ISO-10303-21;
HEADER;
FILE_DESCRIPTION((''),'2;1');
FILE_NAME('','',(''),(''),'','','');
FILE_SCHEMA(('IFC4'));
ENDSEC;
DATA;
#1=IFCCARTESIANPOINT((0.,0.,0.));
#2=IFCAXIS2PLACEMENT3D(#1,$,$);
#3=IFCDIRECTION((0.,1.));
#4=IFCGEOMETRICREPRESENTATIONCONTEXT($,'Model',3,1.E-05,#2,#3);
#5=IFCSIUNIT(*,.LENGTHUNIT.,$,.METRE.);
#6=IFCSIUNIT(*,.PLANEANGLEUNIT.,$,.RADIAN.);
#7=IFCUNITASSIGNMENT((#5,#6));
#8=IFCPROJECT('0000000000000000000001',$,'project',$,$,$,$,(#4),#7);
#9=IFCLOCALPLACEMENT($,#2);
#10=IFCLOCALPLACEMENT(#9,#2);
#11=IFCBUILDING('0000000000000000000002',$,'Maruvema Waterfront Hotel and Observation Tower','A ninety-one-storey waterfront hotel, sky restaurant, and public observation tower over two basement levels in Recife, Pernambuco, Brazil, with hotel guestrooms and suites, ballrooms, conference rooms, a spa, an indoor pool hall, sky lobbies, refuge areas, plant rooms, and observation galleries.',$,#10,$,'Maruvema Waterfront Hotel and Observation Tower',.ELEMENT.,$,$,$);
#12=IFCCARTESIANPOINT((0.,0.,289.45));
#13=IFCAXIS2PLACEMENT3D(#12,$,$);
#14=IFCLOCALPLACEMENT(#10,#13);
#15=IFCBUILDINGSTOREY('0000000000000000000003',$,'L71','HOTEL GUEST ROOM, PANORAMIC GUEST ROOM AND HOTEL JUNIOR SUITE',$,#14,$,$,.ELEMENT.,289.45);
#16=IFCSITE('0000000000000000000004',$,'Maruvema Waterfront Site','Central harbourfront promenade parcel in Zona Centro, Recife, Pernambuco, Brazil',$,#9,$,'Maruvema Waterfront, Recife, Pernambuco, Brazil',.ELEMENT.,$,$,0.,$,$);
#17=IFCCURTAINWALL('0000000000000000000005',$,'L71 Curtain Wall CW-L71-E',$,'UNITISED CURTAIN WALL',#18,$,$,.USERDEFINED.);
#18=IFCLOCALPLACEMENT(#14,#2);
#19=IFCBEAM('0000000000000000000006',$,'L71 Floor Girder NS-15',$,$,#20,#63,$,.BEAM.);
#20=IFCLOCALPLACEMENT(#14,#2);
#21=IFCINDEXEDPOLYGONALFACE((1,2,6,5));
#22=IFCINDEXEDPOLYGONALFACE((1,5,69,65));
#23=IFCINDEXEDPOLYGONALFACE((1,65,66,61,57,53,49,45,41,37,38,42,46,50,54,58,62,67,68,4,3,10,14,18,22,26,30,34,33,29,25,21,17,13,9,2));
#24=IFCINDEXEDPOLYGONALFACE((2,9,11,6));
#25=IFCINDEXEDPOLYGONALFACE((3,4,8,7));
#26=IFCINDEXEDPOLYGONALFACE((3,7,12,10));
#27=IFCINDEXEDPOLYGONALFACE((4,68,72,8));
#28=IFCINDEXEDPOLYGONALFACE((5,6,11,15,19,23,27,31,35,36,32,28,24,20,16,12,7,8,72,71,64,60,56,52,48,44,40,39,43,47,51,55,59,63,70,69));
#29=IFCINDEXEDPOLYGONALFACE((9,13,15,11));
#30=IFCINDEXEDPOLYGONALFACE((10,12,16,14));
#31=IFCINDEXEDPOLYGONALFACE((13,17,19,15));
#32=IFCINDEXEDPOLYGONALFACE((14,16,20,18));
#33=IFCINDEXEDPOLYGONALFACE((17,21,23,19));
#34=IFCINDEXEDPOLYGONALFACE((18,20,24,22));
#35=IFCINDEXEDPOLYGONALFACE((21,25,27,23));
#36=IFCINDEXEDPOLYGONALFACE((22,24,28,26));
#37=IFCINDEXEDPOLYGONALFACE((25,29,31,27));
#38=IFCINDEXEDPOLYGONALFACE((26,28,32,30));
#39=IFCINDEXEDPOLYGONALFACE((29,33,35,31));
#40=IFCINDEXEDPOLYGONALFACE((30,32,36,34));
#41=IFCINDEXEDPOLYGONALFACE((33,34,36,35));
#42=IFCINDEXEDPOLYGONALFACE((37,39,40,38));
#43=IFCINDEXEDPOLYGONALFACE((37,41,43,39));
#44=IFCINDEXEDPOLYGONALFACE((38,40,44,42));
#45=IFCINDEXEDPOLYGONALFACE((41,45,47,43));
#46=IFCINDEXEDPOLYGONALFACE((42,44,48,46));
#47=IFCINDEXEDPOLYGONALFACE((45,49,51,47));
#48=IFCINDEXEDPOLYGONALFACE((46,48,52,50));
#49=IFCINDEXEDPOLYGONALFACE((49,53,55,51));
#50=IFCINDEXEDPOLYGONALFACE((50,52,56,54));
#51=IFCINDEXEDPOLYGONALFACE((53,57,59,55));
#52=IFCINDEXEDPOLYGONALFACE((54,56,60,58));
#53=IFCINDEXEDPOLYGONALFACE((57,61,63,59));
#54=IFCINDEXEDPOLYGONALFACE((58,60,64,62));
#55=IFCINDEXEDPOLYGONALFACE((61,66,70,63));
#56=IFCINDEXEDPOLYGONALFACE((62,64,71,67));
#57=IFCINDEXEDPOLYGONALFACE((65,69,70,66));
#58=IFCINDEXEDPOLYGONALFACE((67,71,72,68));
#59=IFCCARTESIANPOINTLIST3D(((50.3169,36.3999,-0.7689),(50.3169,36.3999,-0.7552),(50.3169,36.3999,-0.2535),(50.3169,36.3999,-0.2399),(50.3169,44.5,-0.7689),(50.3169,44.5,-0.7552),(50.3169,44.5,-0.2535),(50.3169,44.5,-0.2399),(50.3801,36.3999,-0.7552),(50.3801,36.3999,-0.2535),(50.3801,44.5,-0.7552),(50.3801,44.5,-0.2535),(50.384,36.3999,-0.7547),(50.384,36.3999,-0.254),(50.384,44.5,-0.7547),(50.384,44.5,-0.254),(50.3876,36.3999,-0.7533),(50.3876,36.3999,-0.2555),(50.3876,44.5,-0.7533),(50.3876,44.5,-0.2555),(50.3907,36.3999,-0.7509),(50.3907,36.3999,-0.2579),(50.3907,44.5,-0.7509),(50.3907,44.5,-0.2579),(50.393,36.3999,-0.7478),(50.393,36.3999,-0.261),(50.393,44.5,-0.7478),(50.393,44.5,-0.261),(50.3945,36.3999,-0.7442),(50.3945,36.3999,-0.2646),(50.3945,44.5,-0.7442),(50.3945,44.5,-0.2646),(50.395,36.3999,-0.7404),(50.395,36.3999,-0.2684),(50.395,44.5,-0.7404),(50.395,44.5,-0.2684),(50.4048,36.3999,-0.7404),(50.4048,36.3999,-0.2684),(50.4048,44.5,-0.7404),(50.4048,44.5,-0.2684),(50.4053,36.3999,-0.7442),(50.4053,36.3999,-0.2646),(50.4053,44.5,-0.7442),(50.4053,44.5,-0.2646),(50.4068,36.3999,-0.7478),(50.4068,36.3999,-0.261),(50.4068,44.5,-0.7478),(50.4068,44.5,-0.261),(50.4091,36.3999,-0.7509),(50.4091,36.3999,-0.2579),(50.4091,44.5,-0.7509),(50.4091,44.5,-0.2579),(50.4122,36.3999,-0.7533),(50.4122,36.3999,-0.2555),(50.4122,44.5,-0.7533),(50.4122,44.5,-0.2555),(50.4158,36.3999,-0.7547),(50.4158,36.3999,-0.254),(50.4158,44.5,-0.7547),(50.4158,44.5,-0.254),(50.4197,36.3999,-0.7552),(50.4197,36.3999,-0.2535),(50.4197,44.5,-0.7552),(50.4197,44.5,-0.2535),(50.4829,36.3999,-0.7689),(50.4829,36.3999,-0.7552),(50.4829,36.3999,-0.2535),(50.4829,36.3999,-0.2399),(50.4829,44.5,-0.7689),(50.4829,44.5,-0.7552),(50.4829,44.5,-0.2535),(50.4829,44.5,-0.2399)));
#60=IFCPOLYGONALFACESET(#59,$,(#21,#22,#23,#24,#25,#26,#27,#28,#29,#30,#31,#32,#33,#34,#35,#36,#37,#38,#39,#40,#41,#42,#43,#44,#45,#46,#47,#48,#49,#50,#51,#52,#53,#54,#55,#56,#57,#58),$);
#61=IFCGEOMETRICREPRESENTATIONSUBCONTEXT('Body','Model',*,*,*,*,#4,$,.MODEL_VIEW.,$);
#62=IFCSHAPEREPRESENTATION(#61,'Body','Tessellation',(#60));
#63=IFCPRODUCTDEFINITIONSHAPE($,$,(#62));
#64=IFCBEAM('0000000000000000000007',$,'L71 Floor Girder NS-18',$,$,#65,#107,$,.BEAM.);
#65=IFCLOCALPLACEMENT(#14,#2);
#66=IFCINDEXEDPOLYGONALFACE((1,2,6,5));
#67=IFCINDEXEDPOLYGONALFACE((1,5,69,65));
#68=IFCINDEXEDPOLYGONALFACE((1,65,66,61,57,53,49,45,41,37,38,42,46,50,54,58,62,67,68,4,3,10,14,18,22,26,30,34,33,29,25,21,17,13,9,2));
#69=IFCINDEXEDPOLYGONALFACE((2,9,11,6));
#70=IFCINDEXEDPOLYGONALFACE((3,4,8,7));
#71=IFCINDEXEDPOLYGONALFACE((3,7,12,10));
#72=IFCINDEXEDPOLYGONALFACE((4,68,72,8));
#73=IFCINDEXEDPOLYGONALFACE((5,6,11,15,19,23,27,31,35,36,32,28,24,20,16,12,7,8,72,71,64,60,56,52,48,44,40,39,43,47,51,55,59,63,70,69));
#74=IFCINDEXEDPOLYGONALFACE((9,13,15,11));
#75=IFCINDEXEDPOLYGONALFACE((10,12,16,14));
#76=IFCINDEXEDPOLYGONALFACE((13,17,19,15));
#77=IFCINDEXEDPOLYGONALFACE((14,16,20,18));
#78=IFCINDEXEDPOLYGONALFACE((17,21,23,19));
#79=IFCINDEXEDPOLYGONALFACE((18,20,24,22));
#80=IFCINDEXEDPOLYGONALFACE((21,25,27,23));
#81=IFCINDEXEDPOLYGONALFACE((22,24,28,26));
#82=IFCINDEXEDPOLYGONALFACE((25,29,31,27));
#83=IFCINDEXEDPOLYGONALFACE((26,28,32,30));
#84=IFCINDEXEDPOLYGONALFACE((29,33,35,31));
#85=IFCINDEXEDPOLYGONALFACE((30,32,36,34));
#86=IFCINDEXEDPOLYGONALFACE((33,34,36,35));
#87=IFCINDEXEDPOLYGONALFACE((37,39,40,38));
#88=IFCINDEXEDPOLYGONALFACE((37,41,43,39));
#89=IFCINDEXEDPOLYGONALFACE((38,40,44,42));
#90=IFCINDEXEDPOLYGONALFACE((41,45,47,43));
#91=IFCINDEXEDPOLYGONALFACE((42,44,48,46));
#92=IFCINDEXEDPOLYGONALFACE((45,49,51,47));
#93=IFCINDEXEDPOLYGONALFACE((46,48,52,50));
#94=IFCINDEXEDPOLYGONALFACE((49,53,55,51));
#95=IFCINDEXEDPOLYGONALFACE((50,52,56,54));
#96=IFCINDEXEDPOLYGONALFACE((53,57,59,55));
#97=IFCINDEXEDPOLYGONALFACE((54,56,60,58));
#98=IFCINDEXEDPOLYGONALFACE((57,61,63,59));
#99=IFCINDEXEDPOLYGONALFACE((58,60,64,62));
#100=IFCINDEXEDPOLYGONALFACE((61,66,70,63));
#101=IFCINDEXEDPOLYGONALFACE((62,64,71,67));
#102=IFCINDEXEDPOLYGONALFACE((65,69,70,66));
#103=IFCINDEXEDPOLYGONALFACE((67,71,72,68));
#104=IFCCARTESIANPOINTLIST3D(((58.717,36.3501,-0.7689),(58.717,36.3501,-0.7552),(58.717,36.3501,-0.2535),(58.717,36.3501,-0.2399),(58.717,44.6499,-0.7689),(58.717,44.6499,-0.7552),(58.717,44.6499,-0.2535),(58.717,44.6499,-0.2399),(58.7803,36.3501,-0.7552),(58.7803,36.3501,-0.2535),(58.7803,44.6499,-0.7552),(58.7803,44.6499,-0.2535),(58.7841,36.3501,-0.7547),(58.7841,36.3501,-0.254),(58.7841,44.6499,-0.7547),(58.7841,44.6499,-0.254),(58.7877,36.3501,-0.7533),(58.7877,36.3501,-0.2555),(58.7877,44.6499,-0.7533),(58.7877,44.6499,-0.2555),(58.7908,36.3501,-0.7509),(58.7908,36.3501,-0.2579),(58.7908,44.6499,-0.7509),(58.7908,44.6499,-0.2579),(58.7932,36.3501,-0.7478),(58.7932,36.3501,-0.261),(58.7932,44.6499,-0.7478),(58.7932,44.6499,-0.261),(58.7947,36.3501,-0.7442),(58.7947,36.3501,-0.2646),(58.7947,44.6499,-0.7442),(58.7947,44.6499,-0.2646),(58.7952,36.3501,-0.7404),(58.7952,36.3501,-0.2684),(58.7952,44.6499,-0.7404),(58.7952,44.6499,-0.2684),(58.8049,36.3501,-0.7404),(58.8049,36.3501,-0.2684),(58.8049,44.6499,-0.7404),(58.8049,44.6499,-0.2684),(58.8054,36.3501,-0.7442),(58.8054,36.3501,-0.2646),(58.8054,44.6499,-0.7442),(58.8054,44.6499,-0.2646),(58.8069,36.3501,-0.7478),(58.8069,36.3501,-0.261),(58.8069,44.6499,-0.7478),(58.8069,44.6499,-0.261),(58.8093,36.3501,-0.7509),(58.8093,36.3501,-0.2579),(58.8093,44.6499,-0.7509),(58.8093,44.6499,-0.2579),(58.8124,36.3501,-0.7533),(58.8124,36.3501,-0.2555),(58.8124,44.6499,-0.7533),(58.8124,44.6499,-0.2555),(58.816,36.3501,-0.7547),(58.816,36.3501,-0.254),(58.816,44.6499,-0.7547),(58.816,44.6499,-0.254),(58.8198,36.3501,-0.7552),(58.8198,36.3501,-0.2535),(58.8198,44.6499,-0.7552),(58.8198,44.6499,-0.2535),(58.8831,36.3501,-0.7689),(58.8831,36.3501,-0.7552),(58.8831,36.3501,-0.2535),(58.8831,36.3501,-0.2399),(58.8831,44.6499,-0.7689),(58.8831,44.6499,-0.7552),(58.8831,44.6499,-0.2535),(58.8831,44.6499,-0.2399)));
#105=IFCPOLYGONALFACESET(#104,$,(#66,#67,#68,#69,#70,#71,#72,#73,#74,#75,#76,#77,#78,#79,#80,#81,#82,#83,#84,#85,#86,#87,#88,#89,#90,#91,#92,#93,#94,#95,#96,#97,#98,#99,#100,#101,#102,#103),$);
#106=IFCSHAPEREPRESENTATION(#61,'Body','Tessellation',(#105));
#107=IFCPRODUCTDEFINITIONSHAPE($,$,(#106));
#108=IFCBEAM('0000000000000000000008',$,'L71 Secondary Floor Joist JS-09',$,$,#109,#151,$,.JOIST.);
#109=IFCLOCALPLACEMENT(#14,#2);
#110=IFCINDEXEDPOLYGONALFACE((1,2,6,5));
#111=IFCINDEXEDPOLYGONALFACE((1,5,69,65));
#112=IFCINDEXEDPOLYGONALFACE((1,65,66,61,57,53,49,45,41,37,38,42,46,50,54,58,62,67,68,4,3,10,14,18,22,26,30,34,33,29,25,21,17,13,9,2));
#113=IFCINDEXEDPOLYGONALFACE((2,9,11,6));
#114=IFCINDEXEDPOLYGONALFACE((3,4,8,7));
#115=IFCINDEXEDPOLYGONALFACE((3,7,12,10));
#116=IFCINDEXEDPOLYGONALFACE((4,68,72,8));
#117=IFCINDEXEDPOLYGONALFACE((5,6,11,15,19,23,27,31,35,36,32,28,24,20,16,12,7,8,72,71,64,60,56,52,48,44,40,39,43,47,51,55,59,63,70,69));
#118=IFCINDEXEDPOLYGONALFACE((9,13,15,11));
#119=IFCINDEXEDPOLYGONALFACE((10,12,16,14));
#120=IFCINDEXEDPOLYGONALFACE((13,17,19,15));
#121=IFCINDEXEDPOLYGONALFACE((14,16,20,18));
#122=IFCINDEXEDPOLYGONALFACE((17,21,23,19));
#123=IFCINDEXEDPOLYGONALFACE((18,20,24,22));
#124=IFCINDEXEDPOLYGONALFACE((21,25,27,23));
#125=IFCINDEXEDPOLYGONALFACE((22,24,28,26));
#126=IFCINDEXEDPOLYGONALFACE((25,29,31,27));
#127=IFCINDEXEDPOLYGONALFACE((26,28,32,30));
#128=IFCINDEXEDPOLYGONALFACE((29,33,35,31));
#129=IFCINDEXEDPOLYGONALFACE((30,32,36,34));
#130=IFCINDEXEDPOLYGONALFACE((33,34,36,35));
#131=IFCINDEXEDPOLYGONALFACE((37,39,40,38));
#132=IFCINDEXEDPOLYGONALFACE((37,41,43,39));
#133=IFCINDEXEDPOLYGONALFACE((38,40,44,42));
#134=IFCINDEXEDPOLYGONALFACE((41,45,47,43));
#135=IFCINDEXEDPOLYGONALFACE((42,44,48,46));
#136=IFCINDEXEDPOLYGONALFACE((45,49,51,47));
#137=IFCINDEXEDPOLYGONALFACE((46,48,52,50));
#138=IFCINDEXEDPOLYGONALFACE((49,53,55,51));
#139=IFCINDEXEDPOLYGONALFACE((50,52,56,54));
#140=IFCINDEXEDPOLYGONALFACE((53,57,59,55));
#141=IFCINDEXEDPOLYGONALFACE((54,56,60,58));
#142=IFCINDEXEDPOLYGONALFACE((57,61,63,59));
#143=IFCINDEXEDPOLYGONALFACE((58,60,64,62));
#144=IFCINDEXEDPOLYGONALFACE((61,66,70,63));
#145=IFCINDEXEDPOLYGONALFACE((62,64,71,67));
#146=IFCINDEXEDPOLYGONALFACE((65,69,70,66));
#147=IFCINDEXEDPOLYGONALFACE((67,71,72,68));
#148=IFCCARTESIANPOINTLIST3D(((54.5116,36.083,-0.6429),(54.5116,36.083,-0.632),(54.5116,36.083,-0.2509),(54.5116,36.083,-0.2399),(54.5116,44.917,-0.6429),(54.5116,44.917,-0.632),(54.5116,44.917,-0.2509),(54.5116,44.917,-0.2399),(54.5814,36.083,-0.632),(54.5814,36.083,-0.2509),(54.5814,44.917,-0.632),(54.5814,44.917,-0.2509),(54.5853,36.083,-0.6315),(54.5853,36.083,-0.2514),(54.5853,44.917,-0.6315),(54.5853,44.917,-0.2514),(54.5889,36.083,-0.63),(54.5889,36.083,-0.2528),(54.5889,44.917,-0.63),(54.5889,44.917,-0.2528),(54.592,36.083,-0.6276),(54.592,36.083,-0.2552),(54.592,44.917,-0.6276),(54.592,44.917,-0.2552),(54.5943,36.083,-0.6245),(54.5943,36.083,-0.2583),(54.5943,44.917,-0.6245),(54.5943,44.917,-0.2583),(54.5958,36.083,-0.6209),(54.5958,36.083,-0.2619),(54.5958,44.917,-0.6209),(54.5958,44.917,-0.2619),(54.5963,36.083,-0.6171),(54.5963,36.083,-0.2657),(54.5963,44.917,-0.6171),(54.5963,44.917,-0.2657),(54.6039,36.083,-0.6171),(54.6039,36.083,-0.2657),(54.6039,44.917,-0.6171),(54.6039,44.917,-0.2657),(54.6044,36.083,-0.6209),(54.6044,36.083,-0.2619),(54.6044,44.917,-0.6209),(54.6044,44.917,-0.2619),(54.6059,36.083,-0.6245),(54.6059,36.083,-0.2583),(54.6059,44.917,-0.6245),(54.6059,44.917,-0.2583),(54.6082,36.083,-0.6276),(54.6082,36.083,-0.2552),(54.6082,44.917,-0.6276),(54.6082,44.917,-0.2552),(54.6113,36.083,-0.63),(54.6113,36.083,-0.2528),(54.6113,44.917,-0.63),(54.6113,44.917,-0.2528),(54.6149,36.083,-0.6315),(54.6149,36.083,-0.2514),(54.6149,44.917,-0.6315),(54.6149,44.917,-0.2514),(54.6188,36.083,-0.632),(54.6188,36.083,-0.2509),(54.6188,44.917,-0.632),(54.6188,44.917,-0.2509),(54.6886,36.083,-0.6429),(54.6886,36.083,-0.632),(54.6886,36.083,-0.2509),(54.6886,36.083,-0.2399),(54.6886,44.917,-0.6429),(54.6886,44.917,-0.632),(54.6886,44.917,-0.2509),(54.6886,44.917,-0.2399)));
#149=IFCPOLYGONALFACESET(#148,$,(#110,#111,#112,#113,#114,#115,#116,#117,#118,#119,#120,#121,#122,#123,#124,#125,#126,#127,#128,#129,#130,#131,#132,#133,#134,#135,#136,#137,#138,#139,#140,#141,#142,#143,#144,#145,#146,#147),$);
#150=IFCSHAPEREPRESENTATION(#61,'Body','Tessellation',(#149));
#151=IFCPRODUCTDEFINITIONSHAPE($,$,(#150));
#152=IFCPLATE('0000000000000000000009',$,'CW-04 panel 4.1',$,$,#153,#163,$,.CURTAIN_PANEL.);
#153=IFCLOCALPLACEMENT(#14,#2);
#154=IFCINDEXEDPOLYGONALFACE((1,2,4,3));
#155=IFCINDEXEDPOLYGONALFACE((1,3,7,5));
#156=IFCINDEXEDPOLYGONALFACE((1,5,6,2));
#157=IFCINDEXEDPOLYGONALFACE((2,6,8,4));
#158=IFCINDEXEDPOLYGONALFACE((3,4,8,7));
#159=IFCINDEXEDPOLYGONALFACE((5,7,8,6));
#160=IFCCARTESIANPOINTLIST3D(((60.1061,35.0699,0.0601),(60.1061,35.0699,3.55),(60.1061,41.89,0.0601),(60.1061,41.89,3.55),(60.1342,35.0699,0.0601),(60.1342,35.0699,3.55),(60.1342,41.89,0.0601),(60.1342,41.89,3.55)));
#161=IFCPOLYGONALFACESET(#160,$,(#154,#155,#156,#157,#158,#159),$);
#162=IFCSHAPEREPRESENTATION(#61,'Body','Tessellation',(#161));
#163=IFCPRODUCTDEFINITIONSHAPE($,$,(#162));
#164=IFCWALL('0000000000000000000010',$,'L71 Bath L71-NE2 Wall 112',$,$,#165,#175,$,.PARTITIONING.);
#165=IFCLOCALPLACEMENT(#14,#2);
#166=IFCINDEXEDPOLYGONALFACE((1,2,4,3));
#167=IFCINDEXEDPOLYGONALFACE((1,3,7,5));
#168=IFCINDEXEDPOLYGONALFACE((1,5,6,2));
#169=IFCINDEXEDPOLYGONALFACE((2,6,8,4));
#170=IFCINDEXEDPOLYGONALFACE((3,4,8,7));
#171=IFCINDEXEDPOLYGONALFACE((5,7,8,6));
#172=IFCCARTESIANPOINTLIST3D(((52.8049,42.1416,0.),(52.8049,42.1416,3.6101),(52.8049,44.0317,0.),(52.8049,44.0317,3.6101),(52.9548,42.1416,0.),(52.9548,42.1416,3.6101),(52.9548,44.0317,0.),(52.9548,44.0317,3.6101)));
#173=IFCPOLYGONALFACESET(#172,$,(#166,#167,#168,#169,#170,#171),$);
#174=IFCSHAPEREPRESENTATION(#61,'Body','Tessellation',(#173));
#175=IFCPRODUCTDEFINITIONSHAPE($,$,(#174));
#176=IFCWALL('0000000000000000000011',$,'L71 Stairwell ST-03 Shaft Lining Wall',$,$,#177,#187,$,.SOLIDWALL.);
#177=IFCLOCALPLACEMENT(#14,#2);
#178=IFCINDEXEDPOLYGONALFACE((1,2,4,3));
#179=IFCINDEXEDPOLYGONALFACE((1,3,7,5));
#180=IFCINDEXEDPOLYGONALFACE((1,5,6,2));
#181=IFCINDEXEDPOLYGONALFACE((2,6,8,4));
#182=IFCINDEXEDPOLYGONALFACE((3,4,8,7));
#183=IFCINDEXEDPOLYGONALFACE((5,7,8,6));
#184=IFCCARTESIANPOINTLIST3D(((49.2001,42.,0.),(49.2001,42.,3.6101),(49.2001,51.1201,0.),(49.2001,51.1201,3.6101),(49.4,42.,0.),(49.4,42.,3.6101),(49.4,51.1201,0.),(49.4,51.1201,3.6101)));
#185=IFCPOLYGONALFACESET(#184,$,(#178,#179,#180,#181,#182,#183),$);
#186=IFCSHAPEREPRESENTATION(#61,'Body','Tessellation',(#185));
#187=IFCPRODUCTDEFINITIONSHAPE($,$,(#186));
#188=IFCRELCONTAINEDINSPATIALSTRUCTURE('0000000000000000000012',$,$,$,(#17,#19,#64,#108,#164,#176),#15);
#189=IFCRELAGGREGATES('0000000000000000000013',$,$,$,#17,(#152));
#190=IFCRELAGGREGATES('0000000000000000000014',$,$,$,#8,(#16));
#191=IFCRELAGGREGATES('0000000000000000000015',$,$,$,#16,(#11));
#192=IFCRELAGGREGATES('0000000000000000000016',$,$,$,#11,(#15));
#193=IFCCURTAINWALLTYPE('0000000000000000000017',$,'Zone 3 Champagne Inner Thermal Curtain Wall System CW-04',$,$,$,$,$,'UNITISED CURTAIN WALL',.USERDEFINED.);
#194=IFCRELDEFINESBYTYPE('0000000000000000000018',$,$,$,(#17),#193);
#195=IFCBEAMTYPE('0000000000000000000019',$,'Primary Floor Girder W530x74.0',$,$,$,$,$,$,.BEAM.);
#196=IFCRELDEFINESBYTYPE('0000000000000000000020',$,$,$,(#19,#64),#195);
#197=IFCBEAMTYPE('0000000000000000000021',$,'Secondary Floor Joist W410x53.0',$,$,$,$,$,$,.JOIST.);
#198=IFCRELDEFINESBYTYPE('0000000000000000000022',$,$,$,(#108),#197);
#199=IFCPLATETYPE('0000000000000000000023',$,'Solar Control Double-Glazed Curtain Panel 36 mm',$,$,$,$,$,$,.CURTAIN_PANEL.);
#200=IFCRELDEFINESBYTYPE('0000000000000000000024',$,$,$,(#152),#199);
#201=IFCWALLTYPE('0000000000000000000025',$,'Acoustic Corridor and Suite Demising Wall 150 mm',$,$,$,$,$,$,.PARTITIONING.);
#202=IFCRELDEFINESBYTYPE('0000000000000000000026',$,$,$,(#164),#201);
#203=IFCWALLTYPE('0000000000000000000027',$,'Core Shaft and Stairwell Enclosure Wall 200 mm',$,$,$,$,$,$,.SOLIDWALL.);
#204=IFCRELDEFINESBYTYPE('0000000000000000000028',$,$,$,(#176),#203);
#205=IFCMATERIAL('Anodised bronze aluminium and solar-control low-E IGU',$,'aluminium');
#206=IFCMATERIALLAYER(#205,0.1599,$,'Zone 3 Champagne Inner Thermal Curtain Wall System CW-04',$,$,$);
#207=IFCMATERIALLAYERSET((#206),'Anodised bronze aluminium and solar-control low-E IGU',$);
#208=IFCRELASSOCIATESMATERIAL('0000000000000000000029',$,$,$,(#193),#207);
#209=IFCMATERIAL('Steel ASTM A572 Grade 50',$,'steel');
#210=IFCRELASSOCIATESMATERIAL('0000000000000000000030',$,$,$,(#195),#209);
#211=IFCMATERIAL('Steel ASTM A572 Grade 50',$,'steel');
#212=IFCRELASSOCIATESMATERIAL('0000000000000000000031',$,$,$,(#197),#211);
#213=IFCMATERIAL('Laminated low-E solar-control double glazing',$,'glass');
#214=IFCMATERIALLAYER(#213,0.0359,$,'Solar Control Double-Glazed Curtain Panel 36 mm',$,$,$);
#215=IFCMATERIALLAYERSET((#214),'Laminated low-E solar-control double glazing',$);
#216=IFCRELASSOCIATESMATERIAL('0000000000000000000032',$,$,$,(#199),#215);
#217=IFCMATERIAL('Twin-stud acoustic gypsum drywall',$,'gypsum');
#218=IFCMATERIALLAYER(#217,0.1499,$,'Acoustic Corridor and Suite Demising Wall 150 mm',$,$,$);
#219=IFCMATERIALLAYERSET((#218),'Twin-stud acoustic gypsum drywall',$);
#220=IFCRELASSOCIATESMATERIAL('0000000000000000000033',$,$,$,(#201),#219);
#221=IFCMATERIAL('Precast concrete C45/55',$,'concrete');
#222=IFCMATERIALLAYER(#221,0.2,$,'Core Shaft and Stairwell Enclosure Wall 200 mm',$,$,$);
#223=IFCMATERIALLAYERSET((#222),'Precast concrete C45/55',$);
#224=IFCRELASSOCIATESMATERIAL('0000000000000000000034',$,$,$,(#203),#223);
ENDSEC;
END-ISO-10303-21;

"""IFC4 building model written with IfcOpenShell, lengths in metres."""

from ifc_helpers import new_model, si_unit, direction, frame, frame_2d, origin, origin_2d, place, context, subcontext, project, spatial, rectangle, i_section, extrude, material, layer, layer_set, material_profile, profile_set, type_object, element, aggregate, save


model = new_model("IFC4")

# Units and contexts
model_context = context("Model", 3, precision=1e-05, world=origin(), true_north=direction((0.0, 1.0)))
body_context = subcontext(model_context, "Body", "Model", "MODEL_VIEW")
ifc_project = project(units=[si_unit("LENGTHUNIT", "METRE"), si_unit("PLANEANGLEUNIT", "RADIAN")], contexts=[model_context])

# Site, building, storey
site_placement = place(None, origin())
site = spatial("IfcSite", under=ifc_project, at=site_placement, Name="Maruvema Waterfront Site", Description="Central harbourfront promenade parcel in Zona Centro, Recife, Pernambuco, Brazil", LongName="Maruvema Waterfront, Recife, Pernambuco, Brazil", CompositionType="ELEMENT", RefElevation=0.0)
building_placement = place(site_placement, origin())
building = spatial("IfcBuilding", under=site, at=building_placement, Name="Maruvema Waterfront Hotel and Observation Tower", Description="A ninety-one-storey waterfront hotel, sky restaurant, and public observation tower over two basement levels in Recife, Pernambuco, Brazil, with hotel guestrooms and suites, ballrooms, conference rooms, a spa, an indoor pool hall, sky lobbies, refuge areas, plant rooms, and observation galleries.", LongName="Maruvema Waterfront Hotel and Observation Tower", CompositionType="ELEMENT")
storey_placement = place(building_placement, frame((0.0, 0.0, 289.45)))
storey = spatial("IfcBuildingStorey", under=building, at=storey_placement, Name="L71", Description="HOTEL GUEST ROOM, PANORAMIC GUEST ROOM AND HOTEL JUNIOR SUITE", CompositionType="ELEMENT", Elevation=289.45)

# Curtain wall
ifc_material_1 = material(Name="Anodised bronze aluminium and solar-control low-E IGU", Category="aluminium")
ifc_layer_1 = layer(ifc_material_1, 0.1599, Name="Zone 3 Champagne Inner Thermal Curtain Wall System CW-04")
ifc_layer_set_1 = layer_set([ifc_layer_1], Name="Anodised bronze aluminium and solar-control low-E IGU")
curtain_wall_type = type_object("IfcCurtainWallType", Name="Zone 3 Champagne Inner Thermal Curtain Wall System CW-04", ElementType="UNITISED CURTAIN WALL", PredefinedType="USERDEFINED", material=ifc_layer_set_1)
curtain_wall_placement = place(storey_placement, origin())
curtain_wall = element("IfcCurtainWall", 1, at=curtain_wall_placement, inside=storey, type_object=curtain_wall_type, Name="L71 Curtain Wall CW-L71-E", ObjectType="UNITISED CURTAIN WALL", PredefinedType="USERDEFINED")

# Beams
ifc_material_2 = material(Name="Steel ASTM A572 Grade 50", Category="steel")
ifc_material_profile_1 = material_profile(ifc_material_2, i_section(OverallWidth=0.166, OverallDepth=0.5291, WebThickness=0.0098, FlangeThickness=0.0137, FilletRadius=0.0149, at=origin_2d()), Name="W530x74.0")
ifc_profile_set_1 = profile_set([ifc_material_profile_1], Name="Steel ASTM A572 Grade 50")
beam_type_1 = type_object("IfcBeamType", Name="Primary Floor Girder W530x74.0", PredefinedType="BEAM", material=ifc_profile_set_1)
beam_1_placement = place(storey_placement, frame((50.3999, 36.3999, -0.5044), z_axis=(0.0, 1.0, 0.0), x_axis=(-1.0, 0.0, 0.0)))
element("IfcBeam", 2, at=beam_1_placement, inside=storey, type_object=beam_type_1, Name="L71 Floor Girder NS-15", PredefinedType="BEAM", context=body_context, shape_type="SweptSolid", body=[
    extrude(i_section(OverallWidth=0.166, OverallDepth=0.5291, WebThickness=0.0098, FlangeThickness=0.0137, FilletRadius=0.0149, at=origin_2d()), origin(), (0.0, 0.0, 1.0), 8.1001),
])
beam_2_placement = place(storey_placement, frame((58.8, 36.3501, -0.5044), z_axis=(0.0, 1.0, 0.0), x_axis=(-1.0, 0.0, 0.0)))
element("IfcBeam", 3, at=beam_2_placement, inside=storey, type_object=beam_type_1, Name="L71 Floor Girder NS-18", PredefinedType="BEAM", context=body_context, shape_type="SweptSolid", body=[
    extrude(i_section(OverallWidth=0.166, OverallDepth=0.5291, WebThickness=0.0098, FlangeThickness=0.0137, FilletRadius=0.0149, at=origin_2d()), origin(), (0.0, 0.0, 1.0), 8.2998),
])
ifc_material_3 = material(Name="Steel ASTM A572 Grade 50", Category="steel")
ifc_material_profile_2 = material_profile(ifc_material_3, i_section(OverallWidth=0.177, OverallDepth=0.4031, WebThickness=0.0076, FlangeThickness=0.011, FilletRadius=0.0149, at=origin_2d()), Name="W410x53.0")
ifc_profile_set_2 = profile_set([ifc_material_profile_2], Name="Steel ASTM A572 Grade 50")
beam_type_2 = type_object("IfcBeamType", Name="Secondary Floor Joist W410x53.0", PredefinedType="JOIST", material=ifc_profile_set_2)
beam_3_placement = place(storey_placement, frame((54.6001, 36.083, -0.4414), z_axis=(0.0, 1.0, 0.0), x_axis=(-1.0, 0.0, 0.0)))
element("IfcBeam", 4, at=beam_3_placement, inside=storey, type_object=beam_type_2, Name="L71 Secondary Floor Joist JS-09", PredefinedType="JOIST", context=body_context, shape_type="SweptSolid", body=[
    extrude(i_section(OverallWidth=0.177, OverallDepth=0.4031, WebThickness=0.0076, FlangeThickness=0.011, FilletRadius=0.0149, at=origin_2d()), origin(), (0.0, 0.0, 1.0), 8.834),
])

# Plate
ifc_material_4 = material(Name="Laminated low-E solar-control double glazing", Category="glass")
ifc_layer_2 = layer(ifc_material_4, 0.0359, Name="Solar Control Double-Glazed Curtain Panel 36 mm")
ifc_layer_set_2 = layer_set([ifc_layer_2], Name="Laminated low-E solar-control double glazing")
plate_type = type_object("IfcPlateType", Name="Solar Control Double-Glazed Curtain Panel 36 mm", PredefinedType="CURTAIN_PANEL", material=ifc_layer_set_2)
plate_placement = place(storey_placement, frame((60.1201, 38.48, 0.0601), z_axis=(0.0, 0.0, 1.0), x_axis=(0.0, 1.0, 0.0)))
plate = element("IfcPlate", 5, at=plate_placement, type_object=plate_type, Name="CW-04 panel 4.1", PredefinedType="CURTAIN_PANEL", context=body_context, shape_type="SweptSolid", body=[
    extrude(rectangle(XDim=6.8201, YDim=0.0281, at=origin_2d()), origin(), (0.0, 0.0, 1.0), 3.49),
])
aggregate(curtain_wall, [plate])

# Shared definitions
ifc_material_5 = material(Name="Twin-stud acoustic gypsum drywall", Category="gypsum")
ifc_layer_3 = layer(ifc_material_5, 0.1499, Name="Acoustic Corridor and Suite Demising Wall 150 mm")
ifc_layer_set_3 = layer_set([ifc_layer_3], Name="Twin-stud acoustic gypsum drywall")
wall_type_1 = type_object("IfcWallType", Name="Acoustic Corridor and Suite Demising Wall 150 mm", PredefinedType="PARTITIONING", material=ifc_layer_set_3)

# Walls
wall_1_placement = place(storey_placement, frame((52.8799, 42.1416, 0.0), z_axis=(0.0, 0.0, 1.0), x_axis=(0.0, 1.0, 0.0)))
element("IfcWall", 6, at=wall_1_placement, inside=storey, type_object=wall_type_1, Name="L71 Bath L71-NE2 Wall 112", PredefinedType="PARTITIONING", context=body_context, shape_type="SweptSolid", body=[
    extrude(rectangle(XDim=1.8901, YDim=0.1499, at=frame_2d((0.9451, 0.0))), origin(), (0.0, 0.0, 1.0), 3.6101),
])
ifc_material_6 = material(Name="Precast concrete C45/55", Category="concrete")
ifc_layer_4 = layer(ifc_material_6, 0.2, Name="Core Shaft and Stairwell Enclosure Wall 200 mm")
ifc_layer_set_4 = layer_set([ifc_layer_4], Name="Precast concrete C45/55")
wall_type_2 = type_object("IfcWallType", Name="Core Shaft and Stairwell Enclosure Wall 200 mm", PredefinedType="SOLIDWALL", material=ifc_layer_set_4)
wall_2_placement = place(storey_placement, frame((49.3, 42.0, 0.0), z_axis=(0.0, 0.0, 1.0), x_axis=(0.0, 1.0, 0.0)))
element("IfcWall", 7, at=wall_2_placement, inside=storey, type_object=wall_type_2, Name="L71 Stairwell ST-03 Shaft Lining Wall", PredefinedType="SOLIDWALL", context=body_context, shape_type="SweptSolid", body=[
    extrude(rectangle(XDim=9.1201, YDim=0.2, at=frame_2d((4.5601, 0.0))), origin(), (0.0, 0.0, 1.0), 3.6101),
])

save(model, "model.ifc")
